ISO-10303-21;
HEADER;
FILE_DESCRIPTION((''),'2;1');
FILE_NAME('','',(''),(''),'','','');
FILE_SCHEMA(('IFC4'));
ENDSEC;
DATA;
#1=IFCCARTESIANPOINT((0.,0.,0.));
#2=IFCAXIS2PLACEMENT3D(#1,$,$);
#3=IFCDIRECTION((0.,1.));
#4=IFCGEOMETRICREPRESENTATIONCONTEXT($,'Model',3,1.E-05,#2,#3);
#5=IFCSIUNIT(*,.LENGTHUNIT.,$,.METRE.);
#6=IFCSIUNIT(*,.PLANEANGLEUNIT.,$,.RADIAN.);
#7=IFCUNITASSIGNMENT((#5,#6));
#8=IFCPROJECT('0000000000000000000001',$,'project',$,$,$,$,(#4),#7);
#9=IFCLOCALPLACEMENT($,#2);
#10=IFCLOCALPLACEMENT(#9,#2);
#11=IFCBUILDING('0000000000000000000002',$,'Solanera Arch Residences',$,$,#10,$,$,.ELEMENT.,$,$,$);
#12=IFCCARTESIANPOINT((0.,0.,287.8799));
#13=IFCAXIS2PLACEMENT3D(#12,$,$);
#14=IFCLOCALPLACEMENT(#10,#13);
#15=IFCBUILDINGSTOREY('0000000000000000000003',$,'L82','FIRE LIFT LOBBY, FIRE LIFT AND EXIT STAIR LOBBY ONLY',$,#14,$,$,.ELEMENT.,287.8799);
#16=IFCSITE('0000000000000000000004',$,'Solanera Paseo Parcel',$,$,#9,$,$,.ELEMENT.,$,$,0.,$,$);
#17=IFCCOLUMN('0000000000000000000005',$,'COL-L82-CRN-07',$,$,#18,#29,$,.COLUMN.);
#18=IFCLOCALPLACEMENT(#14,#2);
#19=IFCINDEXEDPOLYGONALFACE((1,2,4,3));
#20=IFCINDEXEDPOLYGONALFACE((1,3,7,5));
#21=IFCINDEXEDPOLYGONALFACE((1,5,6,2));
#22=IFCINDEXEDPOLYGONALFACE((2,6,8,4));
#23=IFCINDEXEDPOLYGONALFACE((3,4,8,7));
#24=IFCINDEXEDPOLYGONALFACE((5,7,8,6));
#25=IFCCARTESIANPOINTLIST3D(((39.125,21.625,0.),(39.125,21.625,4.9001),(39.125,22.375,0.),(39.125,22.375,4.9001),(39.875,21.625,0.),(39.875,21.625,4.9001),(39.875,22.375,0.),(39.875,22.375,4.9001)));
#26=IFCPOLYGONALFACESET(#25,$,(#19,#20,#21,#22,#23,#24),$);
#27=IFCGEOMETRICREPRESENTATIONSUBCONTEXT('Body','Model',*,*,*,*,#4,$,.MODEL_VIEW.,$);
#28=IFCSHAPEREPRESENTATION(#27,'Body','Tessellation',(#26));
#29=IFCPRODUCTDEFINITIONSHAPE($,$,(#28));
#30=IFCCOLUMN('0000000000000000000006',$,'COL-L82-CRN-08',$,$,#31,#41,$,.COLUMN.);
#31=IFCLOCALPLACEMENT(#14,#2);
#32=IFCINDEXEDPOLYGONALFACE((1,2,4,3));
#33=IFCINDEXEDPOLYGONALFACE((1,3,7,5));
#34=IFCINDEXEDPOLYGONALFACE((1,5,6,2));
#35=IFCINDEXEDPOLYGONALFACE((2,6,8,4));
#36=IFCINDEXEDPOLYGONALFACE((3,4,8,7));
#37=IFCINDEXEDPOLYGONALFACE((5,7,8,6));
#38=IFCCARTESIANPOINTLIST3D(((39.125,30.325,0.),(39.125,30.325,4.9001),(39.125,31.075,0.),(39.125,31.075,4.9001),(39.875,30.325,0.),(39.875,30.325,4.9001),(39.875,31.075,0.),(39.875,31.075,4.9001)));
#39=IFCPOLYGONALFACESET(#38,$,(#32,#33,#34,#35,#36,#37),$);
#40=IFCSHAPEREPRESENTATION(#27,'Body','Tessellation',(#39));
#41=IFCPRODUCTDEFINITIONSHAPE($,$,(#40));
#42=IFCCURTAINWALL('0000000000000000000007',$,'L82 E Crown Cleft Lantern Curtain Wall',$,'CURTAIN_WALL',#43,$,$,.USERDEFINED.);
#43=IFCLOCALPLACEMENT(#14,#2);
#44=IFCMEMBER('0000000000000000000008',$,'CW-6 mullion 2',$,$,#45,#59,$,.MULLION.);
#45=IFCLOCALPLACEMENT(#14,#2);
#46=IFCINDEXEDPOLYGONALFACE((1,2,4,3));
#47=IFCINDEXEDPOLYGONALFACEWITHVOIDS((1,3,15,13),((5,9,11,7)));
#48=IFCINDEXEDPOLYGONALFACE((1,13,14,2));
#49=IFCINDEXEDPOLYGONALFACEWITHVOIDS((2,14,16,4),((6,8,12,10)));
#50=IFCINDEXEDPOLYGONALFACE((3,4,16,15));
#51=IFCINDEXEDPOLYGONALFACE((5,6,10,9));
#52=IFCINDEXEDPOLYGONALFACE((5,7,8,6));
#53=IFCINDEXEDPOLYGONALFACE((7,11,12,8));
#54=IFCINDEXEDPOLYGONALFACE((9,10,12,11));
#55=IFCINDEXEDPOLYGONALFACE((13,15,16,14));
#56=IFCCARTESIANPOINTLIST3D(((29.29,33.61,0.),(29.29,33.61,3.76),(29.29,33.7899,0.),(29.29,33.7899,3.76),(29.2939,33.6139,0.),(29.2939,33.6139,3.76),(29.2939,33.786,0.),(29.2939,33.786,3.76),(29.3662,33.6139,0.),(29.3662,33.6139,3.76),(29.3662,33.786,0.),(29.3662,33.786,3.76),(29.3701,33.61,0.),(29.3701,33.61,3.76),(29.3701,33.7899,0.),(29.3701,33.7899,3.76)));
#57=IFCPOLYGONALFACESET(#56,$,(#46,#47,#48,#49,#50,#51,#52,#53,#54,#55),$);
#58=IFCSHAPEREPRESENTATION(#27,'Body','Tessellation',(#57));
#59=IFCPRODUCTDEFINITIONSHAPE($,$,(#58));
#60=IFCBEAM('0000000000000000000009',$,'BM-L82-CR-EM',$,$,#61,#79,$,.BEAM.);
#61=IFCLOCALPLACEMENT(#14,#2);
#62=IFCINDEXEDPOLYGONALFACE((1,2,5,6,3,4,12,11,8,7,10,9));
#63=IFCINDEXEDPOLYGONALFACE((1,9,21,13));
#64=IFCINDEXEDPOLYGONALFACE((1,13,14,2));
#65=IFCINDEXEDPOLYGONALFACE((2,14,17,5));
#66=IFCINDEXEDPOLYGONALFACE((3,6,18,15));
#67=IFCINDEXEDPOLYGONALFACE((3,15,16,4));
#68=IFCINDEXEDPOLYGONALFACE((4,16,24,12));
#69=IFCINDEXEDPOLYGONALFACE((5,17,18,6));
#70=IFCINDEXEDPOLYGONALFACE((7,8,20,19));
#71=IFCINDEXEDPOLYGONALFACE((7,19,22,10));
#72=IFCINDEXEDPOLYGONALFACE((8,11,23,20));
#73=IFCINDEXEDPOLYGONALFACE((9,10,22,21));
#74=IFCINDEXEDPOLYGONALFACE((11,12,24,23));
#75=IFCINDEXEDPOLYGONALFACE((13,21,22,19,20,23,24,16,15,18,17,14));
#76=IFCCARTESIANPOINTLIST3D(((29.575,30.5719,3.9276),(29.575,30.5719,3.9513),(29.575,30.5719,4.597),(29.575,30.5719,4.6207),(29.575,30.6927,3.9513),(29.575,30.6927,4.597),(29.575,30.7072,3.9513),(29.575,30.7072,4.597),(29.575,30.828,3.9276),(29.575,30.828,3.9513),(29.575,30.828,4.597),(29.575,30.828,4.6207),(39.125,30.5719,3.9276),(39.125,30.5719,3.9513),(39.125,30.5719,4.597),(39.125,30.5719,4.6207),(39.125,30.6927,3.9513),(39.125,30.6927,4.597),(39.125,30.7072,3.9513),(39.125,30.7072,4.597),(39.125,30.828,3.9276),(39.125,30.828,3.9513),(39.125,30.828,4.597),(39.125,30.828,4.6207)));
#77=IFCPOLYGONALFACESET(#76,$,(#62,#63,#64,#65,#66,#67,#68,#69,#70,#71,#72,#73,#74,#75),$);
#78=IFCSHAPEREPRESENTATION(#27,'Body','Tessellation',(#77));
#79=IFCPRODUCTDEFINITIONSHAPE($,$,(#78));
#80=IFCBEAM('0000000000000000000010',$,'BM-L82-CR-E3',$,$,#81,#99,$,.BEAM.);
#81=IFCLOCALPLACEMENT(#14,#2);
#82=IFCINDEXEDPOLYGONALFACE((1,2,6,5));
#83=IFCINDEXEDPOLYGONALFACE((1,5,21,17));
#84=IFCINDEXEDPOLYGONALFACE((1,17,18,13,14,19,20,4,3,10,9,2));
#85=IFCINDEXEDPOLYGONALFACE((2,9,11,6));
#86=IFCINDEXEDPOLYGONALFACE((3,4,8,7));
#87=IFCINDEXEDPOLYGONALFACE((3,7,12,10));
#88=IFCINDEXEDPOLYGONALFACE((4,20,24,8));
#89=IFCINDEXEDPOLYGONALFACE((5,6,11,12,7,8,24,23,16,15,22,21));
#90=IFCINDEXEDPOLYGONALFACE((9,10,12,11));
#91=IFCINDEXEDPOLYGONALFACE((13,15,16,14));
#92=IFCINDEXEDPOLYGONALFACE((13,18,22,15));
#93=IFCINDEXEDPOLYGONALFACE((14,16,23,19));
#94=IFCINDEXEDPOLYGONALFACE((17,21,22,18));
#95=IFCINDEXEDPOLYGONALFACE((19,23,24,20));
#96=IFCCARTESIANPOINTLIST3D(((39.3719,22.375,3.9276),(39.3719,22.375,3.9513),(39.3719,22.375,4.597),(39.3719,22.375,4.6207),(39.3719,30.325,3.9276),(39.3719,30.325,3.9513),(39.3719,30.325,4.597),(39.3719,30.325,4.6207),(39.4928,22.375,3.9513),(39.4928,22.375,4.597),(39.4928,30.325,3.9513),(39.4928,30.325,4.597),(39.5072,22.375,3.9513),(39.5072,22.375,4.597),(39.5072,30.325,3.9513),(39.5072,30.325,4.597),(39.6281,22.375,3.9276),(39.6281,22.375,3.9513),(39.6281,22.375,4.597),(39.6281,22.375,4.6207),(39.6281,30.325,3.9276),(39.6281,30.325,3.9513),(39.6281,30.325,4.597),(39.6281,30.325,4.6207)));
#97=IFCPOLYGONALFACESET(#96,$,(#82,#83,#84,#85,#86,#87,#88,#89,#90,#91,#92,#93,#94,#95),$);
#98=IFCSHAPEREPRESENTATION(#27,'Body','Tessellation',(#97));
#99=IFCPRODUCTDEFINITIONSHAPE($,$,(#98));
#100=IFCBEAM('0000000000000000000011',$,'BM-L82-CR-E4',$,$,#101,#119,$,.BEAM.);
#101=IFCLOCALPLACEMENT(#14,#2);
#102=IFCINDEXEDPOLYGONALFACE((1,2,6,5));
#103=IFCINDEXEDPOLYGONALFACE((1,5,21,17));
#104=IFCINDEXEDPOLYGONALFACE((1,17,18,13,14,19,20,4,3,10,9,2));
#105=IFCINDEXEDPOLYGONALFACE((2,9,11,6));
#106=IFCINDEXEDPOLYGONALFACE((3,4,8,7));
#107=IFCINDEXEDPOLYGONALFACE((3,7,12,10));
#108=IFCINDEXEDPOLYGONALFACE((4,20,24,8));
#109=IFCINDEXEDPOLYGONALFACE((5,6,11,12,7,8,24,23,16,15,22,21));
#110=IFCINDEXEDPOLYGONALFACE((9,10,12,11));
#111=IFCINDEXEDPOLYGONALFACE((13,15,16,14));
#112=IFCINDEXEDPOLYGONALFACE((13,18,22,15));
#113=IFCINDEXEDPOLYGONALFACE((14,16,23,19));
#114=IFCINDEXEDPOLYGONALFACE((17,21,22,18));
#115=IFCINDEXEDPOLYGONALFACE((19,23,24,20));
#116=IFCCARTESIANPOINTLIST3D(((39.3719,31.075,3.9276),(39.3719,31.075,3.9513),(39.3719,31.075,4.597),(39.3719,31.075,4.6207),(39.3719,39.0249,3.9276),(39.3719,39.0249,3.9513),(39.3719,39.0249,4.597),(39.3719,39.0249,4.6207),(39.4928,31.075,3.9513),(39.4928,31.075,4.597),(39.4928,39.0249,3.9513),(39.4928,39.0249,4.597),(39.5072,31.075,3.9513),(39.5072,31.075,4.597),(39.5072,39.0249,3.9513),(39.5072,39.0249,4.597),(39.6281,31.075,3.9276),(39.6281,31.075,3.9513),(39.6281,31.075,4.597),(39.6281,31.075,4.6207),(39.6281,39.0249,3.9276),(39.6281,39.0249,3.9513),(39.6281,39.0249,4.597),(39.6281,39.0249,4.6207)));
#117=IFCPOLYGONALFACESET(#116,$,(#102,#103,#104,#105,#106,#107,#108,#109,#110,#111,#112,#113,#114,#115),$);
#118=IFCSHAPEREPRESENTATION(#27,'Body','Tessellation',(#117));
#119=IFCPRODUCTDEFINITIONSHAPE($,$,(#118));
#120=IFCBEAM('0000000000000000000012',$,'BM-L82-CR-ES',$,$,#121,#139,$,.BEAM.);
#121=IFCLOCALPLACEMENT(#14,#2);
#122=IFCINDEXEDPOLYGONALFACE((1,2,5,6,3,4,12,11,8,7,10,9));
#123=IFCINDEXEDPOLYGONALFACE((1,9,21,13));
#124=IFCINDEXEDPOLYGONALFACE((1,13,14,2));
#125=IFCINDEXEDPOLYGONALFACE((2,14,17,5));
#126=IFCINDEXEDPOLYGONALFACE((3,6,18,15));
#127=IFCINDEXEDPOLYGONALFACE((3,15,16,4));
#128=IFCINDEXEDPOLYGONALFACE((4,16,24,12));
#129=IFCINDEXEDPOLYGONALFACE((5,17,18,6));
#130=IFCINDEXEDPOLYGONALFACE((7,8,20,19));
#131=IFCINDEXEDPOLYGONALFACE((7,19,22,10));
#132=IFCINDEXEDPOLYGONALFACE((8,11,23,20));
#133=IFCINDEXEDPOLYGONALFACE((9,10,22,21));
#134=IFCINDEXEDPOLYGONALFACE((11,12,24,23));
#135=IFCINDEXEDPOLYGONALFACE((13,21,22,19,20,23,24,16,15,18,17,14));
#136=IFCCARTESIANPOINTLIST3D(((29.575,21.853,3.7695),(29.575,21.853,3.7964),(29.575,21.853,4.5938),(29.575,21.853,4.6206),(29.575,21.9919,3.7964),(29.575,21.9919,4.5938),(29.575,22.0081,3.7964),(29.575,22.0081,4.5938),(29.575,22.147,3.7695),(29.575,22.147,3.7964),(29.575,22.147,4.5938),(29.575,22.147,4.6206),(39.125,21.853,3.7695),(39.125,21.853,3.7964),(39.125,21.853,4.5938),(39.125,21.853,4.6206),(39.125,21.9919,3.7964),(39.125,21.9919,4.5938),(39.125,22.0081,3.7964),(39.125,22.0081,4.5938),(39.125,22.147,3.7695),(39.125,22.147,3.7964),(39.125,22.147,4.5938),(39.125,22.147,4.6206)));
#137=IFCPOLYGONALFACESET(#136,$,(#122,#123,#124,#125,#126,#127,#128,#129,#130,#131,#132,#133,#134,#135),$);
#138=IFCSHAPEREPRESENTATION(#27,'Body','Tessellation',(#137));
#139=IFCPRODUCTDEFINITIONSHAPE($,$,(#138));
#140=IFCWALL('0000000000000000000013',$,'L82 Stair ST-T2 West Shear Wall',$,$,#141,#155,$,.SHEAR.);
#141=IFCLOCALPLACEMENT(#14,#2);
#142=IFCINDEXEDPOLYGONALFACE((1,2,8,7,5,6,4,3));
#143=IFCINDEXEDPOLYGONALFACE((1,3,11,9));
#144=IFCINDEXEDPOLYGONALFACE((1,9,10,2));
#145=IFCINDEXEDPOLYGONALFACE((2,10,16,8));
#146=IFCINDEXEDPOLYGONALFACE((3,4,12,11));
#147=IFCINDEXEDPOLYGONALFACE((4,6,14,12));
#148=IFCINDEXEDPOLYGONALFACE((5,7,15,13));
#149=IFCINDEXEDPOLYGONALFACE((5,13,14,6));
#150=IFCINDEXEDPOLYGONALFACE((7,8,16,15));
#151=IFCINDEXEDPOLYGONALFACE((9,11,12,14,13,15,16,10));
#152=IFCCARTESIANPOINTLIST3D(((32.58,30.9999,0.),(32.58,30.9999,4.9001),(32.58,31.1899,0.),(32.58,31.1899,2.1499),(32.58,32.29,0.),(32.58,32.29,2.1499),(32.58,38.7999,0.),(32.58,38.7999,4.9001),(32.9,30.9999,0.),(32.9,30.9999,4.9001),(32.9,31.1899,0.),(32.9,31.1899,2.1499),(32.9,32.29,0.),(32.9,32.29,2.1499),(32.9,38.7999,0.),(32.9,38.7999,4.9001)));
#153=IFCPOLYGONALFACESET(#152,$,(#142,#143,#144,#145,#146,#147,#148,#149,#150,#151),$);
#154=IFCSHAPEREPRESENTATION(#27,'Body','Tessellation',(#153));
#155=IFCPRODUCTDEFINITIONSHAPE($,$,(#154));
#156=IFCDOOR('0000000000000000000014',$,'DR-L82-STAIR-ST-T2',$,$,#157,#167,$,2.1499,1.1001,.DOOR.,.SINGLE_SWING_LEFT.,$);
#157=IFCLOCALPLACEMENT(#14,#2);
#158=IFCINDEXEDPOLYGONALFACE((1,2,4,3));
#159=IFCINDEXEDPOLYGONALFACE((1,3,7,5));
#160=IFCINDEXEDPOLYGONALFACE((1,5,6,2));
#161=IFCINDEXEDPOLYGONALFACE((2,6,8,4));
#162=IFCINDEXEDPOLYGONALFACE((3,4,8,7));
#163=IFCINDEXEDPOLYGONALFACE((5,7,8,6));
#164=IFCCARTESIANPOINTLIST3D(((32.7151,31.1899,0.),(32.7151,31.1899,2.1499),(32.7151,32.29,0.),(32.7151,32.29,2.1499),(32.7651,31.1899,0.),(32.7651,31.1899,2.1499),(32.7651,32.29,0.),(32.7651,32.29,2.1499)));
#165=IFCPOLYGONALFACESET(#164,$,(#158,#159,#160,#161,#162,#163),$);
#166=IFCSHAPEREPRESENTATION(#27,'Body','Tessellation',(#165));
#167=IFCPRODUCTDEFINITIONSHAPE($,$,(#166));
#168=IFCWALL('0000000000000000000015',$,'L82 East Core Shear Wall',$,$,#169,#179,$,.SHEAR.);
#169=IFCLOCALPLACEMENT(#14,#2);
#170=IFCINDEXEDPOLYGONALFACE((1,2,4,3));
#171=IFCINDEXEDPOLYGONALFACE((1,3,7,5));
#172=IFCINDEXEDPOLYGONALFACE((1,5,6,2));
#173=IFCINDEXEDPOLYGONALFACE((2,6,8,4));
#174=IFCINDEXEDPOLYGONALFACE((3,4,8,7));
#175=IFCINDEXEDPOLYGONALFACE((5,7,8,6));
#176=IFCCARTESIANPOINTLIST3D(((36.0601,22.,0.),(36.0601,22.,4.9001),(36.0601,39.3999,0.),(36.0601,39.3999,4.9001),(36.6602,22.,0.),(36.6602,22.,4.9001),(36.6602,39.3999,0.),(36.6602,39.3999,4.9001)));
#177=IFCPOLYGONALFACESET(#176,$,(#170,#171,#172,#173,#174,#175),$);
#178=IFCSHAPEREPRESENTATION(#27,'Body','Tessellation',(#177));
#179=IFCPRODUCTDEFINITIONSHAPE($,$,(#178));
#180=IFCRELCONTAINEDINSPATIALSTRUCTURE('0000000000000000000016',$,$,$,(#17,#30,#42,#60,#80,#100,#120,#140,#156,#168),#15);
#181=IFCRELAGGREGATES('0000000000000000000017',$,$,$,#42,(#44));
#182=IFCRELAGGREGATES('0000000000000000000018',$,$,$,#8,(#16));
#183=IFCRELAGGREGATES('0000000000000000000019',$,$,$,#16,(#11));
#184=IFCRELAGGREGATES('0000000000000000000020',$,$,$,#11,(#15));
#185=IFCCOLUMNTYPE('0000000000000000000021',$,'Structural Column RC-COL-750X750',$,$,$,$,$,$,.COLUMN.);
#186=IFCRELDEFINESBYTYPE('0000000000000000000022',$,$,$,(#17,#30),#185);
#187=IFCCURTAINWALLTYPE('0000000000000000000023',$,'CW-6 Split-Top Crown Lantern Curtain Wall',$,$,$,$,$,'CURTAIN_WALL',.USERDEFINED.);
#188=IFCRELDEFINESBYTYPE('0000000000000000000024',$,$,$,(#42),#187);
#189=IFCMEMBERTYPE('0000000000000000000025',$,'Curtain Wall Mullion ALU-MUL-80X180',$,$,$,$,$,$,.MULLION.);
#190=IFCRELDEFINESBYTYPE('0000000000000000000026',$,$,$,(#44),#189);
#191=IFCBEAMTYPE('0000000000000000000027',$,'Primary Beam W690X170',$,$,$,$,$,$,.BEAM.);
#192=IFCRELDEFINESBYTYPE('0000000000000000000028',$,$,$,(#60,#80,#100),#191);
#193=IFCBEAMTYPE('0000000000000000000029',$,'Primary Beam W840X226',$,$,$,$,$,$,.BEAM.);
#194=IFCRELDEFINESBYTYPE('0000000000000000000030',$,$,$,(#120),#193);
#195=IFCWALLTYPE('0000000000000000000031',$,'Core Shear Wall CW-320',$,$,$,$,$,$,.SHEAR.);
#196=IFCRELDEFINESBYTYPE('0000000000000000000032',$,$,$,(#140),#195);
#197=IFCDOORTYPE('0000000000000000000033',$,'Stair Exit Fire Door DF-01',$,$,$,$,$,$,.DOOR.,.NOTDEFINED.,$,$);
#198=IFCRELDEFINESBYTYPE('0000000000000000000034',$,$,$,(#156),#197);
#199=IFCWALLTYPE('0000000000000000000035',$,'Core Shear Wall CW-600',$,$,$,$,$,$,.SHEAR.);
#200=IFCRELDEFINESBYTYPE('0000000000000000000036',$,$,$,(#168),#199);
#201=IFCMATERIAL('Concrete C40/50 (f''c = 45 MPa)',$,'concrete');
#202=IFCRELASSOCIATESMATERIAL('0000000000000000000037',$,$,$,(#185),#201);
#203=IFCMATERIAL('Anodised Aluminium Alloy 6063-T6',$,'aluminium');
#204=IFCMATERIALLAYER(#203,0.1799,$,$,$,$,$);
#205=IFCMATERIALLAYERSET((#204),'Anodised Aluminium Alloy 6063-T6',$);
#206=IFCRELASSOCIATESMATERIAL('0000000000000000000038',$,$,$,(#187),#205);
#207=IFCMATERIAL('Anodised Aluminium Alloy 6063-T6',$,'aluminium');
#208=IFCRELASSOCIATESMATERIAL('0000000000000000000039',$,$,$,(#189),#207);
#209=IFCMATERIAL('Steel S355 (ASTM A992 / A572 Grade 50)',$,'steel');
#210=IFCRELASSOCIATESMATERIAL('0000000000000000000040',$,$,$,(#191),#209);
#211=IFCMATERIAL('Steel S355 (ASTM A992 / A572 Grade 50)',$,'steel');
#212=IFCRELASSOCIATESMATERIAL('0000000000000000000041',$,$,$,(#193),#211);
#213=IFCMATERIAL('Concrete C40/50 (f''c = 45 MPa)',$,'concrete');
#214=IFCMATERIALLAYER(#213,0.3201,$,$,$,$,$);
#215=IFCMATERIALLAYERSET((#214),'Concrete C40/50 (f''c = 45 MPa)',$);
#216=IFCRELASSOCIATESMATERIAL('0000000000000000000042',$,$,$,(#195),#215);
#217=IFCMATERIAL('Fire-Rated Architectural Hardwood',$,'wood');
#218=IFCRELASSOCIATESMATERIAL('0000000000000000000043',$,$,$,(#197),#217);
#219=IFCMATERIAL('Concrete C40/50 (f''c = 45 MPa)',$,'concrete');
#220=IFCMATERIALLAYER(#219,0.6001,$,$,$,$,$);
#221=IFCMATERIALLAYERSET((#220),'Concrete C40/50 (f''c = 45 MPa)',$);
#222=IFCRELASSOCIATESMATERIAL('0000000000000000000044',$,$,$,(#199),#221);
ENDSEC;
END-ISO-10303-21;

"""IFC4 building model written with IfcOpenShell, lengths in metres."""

from ifc_helpers import new_model, si_unit, direction, frame, frame_2d, origin, origin_2d, place, context, subcontext, project, spatial, rectangle, hollow_rectangle, i_section, extrude, material, layer, layer_set, material_profile, profile_set, type_object, element, fill, aggregate, save


model = new_model("IFC4")

# Units and contexts
model_context = context("Model", 3, precision=1e-05, world=origin(), true_north=direction((0.0, 1.0)))
body_context = subcontext(model_context, "Body", "Model", "MODEL_VIEW")
ifc_project = project(units=[si_unit("LENGTHUNIT", "METRE"), si_unit("PLANEANGLEUNIT", "RADIAN")], contexts=[model_context])

# Site, building, storey
site_placement = place(None, origin())
site = spatial("IfcSite", under=ifc_project, at=site_placement, Name="Solanera Paseo Parcel", CompositionType="ELEMENT", RefElevation=0.0)
building_placement = place(site_placement, origin())
building = spatial("IfcBuilding", under=site, at=building_placement, Name="Solanera Arch Residences", CompositionType="ELEMENT")
storey_placement = place(building_placement, frame((0.0, 0.0, 287.8799)))
storey = spatial("IfcBuildingStorey", under=building, at=storey_placement, Name="L82", Description="FIRE LIFT LOBBY, FIRE LIFT AND EXIT STAIR LOBBY ONLY", CompositionType="ELEMENT", Elevation=287.8799)

# Columns
ifc_material_1 = material(Name="Concrete C40/50 (f'c = 45 MPa)", Category="concrete")
ifc_material_profile_1 = material_profile(ifc_material_1, rectangle(XDim=0.75, YDim=0.75, at=origin_2d()))
ifc_profile_set_1 = profile_set([ifc_material_profile_1], Name="Concrete C40/50 (f'c = 45 MPa)")
column_type = type_object("IfcColumnType", Name="Structural Column RC-COL-750X750", PredefinedType="COLUMN", material=ifc_profile_set_1)
for number, where, z_axis, x_axis, name in (
    (1, (39.5, 22.0, 0.0), (0.0, 0.0, 1.0), (1.0, 0.0, 0.0), "COL-L82-CRN-07"),
    (2, (39.5, 30.7, 0.0), (0.0, 0.0, 1.0), (1.0, 0.0, 0.0), "COL-L82-CRN-08"),
):
    element("IfcColumn", number, at=place(storey_placement, frame(where, z_axis=z_axis, x_axis=x_axis)), inside=storey, type_object=column_type, Name=name, PredefinedType="COLUMN", context=body_context, shape_type="SweptSolid", body=[
        extrude(rectangle(XDim=0.75, YDim=0.75, at=origin_2d()), origin(), (0.0, 0.0, 1.0), 4.9001),
    ])

# Curtain wall, member
ifc_material_2 = material(Name="Anodised Aluminium Alloy 6063-T6", Category="aluminium")
ifc_layer_1 = layer(ifc_material_2, 0.1799)
ifc_layer_set_1 = layer_set([ifc_layer_1], Name="Anodised Aluminium Alloy 6063-T6")
curtain_wall_type = type_object("IfcCurtainWallType", Name="CW-6 Split-Top Crown Lantern Curtain Wall", ElementType="CURTAIN_WALL", PredefinedType="USERDEFINED", material=ifc_layer_set_1)
curtain_wall_placement = place(storey_placement, origin())
curtain_wall = element("IfcCurtainWall", 3, at=curtain_wall_placement, inside=storey, type_object=curtain_wall_type, Name="L82 E Crown Cleft Lantern Curtain Wall", ObjectType="CURTAIN_WALL", PredefinedType="USERDEFINED")
ifc_material_3 = material(Name="Anodised Aluminium Alloy 6063-T6", Category="aluminium")
ifc_material_profile_2 = material_profile(ifc_material_3, hollow_rectangle(XDim=0.0801, YDim=0.1799, WallThickness=0.0039, at=origin_2d()))
ifc_profile_set_2 = profile_set([ifc_material_profile_2], Name="Anodised Aluminium Alloy 6063-T6")
member_type = type_object("IfcMemberType", Name="Curtain Wall Mullion ALU-MUL-80X180", PredefinedType="MULLION", material=ifc_profile_set_2)
member_placement = place(storey_placement, frame((29.3301, 33.7, 0.0), z_axis=(0.0, 0.0, 1.0), x_axis=(-1.0, 0.0, 0.0)))
member = element("IfcMember", 4, at=member_placement, type_object=member_type, Name="CW-6 mullion 2", PredefinedType="MULLION", context=body_context, shape_type="SweptSolid", body=[
    extrude(hollow_rectangle(XDim=0.0801, YDim=0.1799, WallThickness=0.0039, at=origin_2d()), origin(), (0.0, 0.0, 1.0), 3.76),
])
aggregate(curtain_wall, [member])

# Beams
ifc_material_4 = material(Name="Steel S355 (ASTM A992 / A572 Grade 50)", Category="steel")
ifc_material_profile_3 = material_profile(ifc_material_4, i_section(OverallWidth=0.2561, OverallDepth=0.6931, WebThickness=0.0144, FlangeThickness=0.0237, at=origin_2d()))
ifc_profile_set_3 = profile_set([ifc_material_profile_3], Name="Steel S355 (ASTM A992 / A572 Grade 50)")
beam_type_1 = type_object("IfcBeamType", Name="Primary Beam W690X170", PredefinedType="BEAM", material=ifc_profile_set_3)
beam_1_placement = place(storey_placement, frame((29.575, 30.7, 4.2742), z_axis=(1.0, 0.0, 0.0), x_axis=(0.0, 1.0, 0.0)))
element("IfcBeam", 5, at=beam_1_placement, inside=storey, type_object=beam_type_1, Name="BM-L82-CR-EM", PredefinedType="BEAM", context=body_context, shape_type="SweptSolid", body=[
    extrude(i_section(OverallWidth=0.2561, OverallDepth=0.6931, WebThickness=0.0144, FlangeThickness=0.0237, at=origin_2d()), origin(), (0.0, 0.0, 1.0), 9.55),
])
for number, where, z_axis, x_axis, name in (
    (6, (39.5, 22.375, 4.2742), (0.0, 1.0, 0.0), (-1.0, 0.0, 0.0), "BM-L82-CR-E3"),
    (7, (39.5, 31.075, 4.2742), (0.0, 1.0, 0.0), (-1.0, 0.0, 0.0), "BM-L82-CR-E4"),
):
    element("IfcBeam", number, at=place(storey_placement, frame(where, z_axis=z_axis, x_axis=x_axis)), inside=storey, type_object=beam_type_1, Name=name, PredefinedType="BEAM", context=body_context, shape_type="SweptSolid", body=[
        extrude(i_section(OverallWidth=0.2561, OverallDepth=0.6931, WebThickness=0.0144, FlangeThickness=0.0237, at=origin_2d()), origin(), (0.0, 0.0, 1.0), 7.95),
    ])
ifc_material_5 = material(Name="Steel S355 (ASTM A992 / A572 Grade 50)", Category="steel")
ifc_material_profile_4 = material_profile(ifc_material_5, i_section(OverallWidth=0.2939, OverallDepth=0.8511, WebThickness=0.0161, FlangeThickness=0.0269, at=origin_2d()))
ifc_profile_set_4 = profile_set([ifc_material_profile_4], Name="Steel S355 (ASTM A992 / A572 Grade 50)")
beam_type_2 = type_object("IfcBeamType", Name="Primary Beam W840X226", PredefinedType="BEAM", material=ifc_profile_set_4)
beam_2_placement = place(storey_placement, frame((29.575, 22.0, 4.1951), z_axis=(1.0, 0.0, 0.0), x_axis=(0.0, 1.0, 0.0)))
element("IfcBeam", 8, at=beam_2_placement, inside=storey, type_object=beam_type_2, Name="BM-L82-CR-ES", PredefinedType="BEAM", context=body_context, shape_type="SweptSolid", body=[
    extrude(i_section(OverallWidth=0.2939, OverallDepth=0.8511, WebThickness=0.0161, FlangeThickness=0.0269, at=origin_2d()), origin(), (0.0, 0.0, 1.0), 9.55),
])

# Wall, opening, door
ifc_material_6 = material(Name="Concrete C40/50 (f'c = 45 MPa)", Category="concrete")
ifc_layer_2 = layer(ifc_material_6, 0.3201)
ifc_layer_set_2 = layer_set([ifc_layer_2], Name="Concrete C40/50 (f'c = 45 MPa)")
wall_type_1 = type_object("IfcWallType", Name="Core Shear Wall CW-320", PredefinedType="SHEAR", material=ifc_layer_set_2)
wall_1_placement = place(storey_placement, frame((32.74, 31.0, 0.0), z_axis=(0.0, 0.0, 1.0), x_axis=(0.0, 1.0, 0.0)))
wall_1 = element("IfcWall", 9, at=wall_1_placement, inside=storey, type_object=wall_type_1, Name="L82 Stair ST-T2 West Shear Wall", PredefinedType="SHEAR", context=body_context, shape_type="SweptSolid", body=[
    extrude(rectangle(XDim=7.8, YDim=0.3201, at=frame_2d((3.8999, 0.0))), origin(), (0.0, 0.0, 1.0), 4.9001),
])
opening_placement = place(wall_1_placement, frame((0.1899, 0.0, 0.0)))
opening = element("IfcOpeningElement", 10, at=opening_placement, cuts=wall_1, PredefinedType="OPENING", context=body_context, shape_type="SweptSolid", body=[
    extrude(rectangle(XDim=1.1001, YDim=2.1499, at=frame_2d((0.55, 1.075))), frame((0.0, 0.1699, 0.0), z_axis=(0.0, -1.0, 0.0), x_axis=(1.0, 0.0, 0.0)), (0.0, 0.0, 1.0), 0.3401),
])
ifc_material_7 = material(Name="Fire-Rated Architectural Hardwood", Category="wood")
door_type = type_object("IfcDoorType", Name="Stair Exit Fire Door DF-01", OperationType="NOTDEFINED", PredefinedType="DOOR", material=ifc_material_7)
door_placement = place(opening_placement, origin())
door = element("IfcDoor", 11, at=door_placement, inside=storey, type_object=door_type, Name="DR-L82-STAIR-ST-T2", OperationType="SINGLE_SWING_LEFT", OverallHeight=2.1499, OverallWidth=1.1001, PredefinedType="DOOR", context=body_context, shape_type="SweptSolid", body=[
    extrude(rectangle(XDim=1.1001, YDim=2.1499, at=frame_2d((0.55, 1.075))), frame((0.0, 0.0249, 0.0), z_axis=(0.0, -1.0, 0.0), x_axis=(1.0, 0.0, 0.0)), (0.0, 0.0, 1.0), 0.05),
])
fill(opening, door)

# Wall
ifc_material_8 = material(Name="Concrete C40/50 (f'c = 45 MPa)", Category="concrete")
ifc_layer_3 = layer(ifc_material_8, 0.6001)
ifc_layer_set_3 = layer_set([ifc_layer_3], Name="Concrete C40/50 (f'c = 45 MPa)")
wall_type_2 = type_object("IfcWallType", Name="Core Shear Wall CW-600", PredefinedType="SHEAR", material=ifc_layer_set_3)
wall_2_placement = place(storey_placement, frame((36.3601, 22.0, 0.0), z_axis=(0.0, 0.0, 1.0), x_axis=(0.0, 1.0, 0.0)))
element("IfcWall", 12, at=wall_2_placement, inside=storey, type_object=wall_type_2, Name="L82 East Core Shear Wall", PredefinedType="SHEAR", context=body_context, shape_type="SweptSolid", body=[
    extrude(rectangle(XDim=17.3999, YDim=0.6001, at=frame_2d((8.7, 0.0))), origin(), (0.0, 0.0, 1.0), 4.9001),
])

save(model, "model.ifc")
